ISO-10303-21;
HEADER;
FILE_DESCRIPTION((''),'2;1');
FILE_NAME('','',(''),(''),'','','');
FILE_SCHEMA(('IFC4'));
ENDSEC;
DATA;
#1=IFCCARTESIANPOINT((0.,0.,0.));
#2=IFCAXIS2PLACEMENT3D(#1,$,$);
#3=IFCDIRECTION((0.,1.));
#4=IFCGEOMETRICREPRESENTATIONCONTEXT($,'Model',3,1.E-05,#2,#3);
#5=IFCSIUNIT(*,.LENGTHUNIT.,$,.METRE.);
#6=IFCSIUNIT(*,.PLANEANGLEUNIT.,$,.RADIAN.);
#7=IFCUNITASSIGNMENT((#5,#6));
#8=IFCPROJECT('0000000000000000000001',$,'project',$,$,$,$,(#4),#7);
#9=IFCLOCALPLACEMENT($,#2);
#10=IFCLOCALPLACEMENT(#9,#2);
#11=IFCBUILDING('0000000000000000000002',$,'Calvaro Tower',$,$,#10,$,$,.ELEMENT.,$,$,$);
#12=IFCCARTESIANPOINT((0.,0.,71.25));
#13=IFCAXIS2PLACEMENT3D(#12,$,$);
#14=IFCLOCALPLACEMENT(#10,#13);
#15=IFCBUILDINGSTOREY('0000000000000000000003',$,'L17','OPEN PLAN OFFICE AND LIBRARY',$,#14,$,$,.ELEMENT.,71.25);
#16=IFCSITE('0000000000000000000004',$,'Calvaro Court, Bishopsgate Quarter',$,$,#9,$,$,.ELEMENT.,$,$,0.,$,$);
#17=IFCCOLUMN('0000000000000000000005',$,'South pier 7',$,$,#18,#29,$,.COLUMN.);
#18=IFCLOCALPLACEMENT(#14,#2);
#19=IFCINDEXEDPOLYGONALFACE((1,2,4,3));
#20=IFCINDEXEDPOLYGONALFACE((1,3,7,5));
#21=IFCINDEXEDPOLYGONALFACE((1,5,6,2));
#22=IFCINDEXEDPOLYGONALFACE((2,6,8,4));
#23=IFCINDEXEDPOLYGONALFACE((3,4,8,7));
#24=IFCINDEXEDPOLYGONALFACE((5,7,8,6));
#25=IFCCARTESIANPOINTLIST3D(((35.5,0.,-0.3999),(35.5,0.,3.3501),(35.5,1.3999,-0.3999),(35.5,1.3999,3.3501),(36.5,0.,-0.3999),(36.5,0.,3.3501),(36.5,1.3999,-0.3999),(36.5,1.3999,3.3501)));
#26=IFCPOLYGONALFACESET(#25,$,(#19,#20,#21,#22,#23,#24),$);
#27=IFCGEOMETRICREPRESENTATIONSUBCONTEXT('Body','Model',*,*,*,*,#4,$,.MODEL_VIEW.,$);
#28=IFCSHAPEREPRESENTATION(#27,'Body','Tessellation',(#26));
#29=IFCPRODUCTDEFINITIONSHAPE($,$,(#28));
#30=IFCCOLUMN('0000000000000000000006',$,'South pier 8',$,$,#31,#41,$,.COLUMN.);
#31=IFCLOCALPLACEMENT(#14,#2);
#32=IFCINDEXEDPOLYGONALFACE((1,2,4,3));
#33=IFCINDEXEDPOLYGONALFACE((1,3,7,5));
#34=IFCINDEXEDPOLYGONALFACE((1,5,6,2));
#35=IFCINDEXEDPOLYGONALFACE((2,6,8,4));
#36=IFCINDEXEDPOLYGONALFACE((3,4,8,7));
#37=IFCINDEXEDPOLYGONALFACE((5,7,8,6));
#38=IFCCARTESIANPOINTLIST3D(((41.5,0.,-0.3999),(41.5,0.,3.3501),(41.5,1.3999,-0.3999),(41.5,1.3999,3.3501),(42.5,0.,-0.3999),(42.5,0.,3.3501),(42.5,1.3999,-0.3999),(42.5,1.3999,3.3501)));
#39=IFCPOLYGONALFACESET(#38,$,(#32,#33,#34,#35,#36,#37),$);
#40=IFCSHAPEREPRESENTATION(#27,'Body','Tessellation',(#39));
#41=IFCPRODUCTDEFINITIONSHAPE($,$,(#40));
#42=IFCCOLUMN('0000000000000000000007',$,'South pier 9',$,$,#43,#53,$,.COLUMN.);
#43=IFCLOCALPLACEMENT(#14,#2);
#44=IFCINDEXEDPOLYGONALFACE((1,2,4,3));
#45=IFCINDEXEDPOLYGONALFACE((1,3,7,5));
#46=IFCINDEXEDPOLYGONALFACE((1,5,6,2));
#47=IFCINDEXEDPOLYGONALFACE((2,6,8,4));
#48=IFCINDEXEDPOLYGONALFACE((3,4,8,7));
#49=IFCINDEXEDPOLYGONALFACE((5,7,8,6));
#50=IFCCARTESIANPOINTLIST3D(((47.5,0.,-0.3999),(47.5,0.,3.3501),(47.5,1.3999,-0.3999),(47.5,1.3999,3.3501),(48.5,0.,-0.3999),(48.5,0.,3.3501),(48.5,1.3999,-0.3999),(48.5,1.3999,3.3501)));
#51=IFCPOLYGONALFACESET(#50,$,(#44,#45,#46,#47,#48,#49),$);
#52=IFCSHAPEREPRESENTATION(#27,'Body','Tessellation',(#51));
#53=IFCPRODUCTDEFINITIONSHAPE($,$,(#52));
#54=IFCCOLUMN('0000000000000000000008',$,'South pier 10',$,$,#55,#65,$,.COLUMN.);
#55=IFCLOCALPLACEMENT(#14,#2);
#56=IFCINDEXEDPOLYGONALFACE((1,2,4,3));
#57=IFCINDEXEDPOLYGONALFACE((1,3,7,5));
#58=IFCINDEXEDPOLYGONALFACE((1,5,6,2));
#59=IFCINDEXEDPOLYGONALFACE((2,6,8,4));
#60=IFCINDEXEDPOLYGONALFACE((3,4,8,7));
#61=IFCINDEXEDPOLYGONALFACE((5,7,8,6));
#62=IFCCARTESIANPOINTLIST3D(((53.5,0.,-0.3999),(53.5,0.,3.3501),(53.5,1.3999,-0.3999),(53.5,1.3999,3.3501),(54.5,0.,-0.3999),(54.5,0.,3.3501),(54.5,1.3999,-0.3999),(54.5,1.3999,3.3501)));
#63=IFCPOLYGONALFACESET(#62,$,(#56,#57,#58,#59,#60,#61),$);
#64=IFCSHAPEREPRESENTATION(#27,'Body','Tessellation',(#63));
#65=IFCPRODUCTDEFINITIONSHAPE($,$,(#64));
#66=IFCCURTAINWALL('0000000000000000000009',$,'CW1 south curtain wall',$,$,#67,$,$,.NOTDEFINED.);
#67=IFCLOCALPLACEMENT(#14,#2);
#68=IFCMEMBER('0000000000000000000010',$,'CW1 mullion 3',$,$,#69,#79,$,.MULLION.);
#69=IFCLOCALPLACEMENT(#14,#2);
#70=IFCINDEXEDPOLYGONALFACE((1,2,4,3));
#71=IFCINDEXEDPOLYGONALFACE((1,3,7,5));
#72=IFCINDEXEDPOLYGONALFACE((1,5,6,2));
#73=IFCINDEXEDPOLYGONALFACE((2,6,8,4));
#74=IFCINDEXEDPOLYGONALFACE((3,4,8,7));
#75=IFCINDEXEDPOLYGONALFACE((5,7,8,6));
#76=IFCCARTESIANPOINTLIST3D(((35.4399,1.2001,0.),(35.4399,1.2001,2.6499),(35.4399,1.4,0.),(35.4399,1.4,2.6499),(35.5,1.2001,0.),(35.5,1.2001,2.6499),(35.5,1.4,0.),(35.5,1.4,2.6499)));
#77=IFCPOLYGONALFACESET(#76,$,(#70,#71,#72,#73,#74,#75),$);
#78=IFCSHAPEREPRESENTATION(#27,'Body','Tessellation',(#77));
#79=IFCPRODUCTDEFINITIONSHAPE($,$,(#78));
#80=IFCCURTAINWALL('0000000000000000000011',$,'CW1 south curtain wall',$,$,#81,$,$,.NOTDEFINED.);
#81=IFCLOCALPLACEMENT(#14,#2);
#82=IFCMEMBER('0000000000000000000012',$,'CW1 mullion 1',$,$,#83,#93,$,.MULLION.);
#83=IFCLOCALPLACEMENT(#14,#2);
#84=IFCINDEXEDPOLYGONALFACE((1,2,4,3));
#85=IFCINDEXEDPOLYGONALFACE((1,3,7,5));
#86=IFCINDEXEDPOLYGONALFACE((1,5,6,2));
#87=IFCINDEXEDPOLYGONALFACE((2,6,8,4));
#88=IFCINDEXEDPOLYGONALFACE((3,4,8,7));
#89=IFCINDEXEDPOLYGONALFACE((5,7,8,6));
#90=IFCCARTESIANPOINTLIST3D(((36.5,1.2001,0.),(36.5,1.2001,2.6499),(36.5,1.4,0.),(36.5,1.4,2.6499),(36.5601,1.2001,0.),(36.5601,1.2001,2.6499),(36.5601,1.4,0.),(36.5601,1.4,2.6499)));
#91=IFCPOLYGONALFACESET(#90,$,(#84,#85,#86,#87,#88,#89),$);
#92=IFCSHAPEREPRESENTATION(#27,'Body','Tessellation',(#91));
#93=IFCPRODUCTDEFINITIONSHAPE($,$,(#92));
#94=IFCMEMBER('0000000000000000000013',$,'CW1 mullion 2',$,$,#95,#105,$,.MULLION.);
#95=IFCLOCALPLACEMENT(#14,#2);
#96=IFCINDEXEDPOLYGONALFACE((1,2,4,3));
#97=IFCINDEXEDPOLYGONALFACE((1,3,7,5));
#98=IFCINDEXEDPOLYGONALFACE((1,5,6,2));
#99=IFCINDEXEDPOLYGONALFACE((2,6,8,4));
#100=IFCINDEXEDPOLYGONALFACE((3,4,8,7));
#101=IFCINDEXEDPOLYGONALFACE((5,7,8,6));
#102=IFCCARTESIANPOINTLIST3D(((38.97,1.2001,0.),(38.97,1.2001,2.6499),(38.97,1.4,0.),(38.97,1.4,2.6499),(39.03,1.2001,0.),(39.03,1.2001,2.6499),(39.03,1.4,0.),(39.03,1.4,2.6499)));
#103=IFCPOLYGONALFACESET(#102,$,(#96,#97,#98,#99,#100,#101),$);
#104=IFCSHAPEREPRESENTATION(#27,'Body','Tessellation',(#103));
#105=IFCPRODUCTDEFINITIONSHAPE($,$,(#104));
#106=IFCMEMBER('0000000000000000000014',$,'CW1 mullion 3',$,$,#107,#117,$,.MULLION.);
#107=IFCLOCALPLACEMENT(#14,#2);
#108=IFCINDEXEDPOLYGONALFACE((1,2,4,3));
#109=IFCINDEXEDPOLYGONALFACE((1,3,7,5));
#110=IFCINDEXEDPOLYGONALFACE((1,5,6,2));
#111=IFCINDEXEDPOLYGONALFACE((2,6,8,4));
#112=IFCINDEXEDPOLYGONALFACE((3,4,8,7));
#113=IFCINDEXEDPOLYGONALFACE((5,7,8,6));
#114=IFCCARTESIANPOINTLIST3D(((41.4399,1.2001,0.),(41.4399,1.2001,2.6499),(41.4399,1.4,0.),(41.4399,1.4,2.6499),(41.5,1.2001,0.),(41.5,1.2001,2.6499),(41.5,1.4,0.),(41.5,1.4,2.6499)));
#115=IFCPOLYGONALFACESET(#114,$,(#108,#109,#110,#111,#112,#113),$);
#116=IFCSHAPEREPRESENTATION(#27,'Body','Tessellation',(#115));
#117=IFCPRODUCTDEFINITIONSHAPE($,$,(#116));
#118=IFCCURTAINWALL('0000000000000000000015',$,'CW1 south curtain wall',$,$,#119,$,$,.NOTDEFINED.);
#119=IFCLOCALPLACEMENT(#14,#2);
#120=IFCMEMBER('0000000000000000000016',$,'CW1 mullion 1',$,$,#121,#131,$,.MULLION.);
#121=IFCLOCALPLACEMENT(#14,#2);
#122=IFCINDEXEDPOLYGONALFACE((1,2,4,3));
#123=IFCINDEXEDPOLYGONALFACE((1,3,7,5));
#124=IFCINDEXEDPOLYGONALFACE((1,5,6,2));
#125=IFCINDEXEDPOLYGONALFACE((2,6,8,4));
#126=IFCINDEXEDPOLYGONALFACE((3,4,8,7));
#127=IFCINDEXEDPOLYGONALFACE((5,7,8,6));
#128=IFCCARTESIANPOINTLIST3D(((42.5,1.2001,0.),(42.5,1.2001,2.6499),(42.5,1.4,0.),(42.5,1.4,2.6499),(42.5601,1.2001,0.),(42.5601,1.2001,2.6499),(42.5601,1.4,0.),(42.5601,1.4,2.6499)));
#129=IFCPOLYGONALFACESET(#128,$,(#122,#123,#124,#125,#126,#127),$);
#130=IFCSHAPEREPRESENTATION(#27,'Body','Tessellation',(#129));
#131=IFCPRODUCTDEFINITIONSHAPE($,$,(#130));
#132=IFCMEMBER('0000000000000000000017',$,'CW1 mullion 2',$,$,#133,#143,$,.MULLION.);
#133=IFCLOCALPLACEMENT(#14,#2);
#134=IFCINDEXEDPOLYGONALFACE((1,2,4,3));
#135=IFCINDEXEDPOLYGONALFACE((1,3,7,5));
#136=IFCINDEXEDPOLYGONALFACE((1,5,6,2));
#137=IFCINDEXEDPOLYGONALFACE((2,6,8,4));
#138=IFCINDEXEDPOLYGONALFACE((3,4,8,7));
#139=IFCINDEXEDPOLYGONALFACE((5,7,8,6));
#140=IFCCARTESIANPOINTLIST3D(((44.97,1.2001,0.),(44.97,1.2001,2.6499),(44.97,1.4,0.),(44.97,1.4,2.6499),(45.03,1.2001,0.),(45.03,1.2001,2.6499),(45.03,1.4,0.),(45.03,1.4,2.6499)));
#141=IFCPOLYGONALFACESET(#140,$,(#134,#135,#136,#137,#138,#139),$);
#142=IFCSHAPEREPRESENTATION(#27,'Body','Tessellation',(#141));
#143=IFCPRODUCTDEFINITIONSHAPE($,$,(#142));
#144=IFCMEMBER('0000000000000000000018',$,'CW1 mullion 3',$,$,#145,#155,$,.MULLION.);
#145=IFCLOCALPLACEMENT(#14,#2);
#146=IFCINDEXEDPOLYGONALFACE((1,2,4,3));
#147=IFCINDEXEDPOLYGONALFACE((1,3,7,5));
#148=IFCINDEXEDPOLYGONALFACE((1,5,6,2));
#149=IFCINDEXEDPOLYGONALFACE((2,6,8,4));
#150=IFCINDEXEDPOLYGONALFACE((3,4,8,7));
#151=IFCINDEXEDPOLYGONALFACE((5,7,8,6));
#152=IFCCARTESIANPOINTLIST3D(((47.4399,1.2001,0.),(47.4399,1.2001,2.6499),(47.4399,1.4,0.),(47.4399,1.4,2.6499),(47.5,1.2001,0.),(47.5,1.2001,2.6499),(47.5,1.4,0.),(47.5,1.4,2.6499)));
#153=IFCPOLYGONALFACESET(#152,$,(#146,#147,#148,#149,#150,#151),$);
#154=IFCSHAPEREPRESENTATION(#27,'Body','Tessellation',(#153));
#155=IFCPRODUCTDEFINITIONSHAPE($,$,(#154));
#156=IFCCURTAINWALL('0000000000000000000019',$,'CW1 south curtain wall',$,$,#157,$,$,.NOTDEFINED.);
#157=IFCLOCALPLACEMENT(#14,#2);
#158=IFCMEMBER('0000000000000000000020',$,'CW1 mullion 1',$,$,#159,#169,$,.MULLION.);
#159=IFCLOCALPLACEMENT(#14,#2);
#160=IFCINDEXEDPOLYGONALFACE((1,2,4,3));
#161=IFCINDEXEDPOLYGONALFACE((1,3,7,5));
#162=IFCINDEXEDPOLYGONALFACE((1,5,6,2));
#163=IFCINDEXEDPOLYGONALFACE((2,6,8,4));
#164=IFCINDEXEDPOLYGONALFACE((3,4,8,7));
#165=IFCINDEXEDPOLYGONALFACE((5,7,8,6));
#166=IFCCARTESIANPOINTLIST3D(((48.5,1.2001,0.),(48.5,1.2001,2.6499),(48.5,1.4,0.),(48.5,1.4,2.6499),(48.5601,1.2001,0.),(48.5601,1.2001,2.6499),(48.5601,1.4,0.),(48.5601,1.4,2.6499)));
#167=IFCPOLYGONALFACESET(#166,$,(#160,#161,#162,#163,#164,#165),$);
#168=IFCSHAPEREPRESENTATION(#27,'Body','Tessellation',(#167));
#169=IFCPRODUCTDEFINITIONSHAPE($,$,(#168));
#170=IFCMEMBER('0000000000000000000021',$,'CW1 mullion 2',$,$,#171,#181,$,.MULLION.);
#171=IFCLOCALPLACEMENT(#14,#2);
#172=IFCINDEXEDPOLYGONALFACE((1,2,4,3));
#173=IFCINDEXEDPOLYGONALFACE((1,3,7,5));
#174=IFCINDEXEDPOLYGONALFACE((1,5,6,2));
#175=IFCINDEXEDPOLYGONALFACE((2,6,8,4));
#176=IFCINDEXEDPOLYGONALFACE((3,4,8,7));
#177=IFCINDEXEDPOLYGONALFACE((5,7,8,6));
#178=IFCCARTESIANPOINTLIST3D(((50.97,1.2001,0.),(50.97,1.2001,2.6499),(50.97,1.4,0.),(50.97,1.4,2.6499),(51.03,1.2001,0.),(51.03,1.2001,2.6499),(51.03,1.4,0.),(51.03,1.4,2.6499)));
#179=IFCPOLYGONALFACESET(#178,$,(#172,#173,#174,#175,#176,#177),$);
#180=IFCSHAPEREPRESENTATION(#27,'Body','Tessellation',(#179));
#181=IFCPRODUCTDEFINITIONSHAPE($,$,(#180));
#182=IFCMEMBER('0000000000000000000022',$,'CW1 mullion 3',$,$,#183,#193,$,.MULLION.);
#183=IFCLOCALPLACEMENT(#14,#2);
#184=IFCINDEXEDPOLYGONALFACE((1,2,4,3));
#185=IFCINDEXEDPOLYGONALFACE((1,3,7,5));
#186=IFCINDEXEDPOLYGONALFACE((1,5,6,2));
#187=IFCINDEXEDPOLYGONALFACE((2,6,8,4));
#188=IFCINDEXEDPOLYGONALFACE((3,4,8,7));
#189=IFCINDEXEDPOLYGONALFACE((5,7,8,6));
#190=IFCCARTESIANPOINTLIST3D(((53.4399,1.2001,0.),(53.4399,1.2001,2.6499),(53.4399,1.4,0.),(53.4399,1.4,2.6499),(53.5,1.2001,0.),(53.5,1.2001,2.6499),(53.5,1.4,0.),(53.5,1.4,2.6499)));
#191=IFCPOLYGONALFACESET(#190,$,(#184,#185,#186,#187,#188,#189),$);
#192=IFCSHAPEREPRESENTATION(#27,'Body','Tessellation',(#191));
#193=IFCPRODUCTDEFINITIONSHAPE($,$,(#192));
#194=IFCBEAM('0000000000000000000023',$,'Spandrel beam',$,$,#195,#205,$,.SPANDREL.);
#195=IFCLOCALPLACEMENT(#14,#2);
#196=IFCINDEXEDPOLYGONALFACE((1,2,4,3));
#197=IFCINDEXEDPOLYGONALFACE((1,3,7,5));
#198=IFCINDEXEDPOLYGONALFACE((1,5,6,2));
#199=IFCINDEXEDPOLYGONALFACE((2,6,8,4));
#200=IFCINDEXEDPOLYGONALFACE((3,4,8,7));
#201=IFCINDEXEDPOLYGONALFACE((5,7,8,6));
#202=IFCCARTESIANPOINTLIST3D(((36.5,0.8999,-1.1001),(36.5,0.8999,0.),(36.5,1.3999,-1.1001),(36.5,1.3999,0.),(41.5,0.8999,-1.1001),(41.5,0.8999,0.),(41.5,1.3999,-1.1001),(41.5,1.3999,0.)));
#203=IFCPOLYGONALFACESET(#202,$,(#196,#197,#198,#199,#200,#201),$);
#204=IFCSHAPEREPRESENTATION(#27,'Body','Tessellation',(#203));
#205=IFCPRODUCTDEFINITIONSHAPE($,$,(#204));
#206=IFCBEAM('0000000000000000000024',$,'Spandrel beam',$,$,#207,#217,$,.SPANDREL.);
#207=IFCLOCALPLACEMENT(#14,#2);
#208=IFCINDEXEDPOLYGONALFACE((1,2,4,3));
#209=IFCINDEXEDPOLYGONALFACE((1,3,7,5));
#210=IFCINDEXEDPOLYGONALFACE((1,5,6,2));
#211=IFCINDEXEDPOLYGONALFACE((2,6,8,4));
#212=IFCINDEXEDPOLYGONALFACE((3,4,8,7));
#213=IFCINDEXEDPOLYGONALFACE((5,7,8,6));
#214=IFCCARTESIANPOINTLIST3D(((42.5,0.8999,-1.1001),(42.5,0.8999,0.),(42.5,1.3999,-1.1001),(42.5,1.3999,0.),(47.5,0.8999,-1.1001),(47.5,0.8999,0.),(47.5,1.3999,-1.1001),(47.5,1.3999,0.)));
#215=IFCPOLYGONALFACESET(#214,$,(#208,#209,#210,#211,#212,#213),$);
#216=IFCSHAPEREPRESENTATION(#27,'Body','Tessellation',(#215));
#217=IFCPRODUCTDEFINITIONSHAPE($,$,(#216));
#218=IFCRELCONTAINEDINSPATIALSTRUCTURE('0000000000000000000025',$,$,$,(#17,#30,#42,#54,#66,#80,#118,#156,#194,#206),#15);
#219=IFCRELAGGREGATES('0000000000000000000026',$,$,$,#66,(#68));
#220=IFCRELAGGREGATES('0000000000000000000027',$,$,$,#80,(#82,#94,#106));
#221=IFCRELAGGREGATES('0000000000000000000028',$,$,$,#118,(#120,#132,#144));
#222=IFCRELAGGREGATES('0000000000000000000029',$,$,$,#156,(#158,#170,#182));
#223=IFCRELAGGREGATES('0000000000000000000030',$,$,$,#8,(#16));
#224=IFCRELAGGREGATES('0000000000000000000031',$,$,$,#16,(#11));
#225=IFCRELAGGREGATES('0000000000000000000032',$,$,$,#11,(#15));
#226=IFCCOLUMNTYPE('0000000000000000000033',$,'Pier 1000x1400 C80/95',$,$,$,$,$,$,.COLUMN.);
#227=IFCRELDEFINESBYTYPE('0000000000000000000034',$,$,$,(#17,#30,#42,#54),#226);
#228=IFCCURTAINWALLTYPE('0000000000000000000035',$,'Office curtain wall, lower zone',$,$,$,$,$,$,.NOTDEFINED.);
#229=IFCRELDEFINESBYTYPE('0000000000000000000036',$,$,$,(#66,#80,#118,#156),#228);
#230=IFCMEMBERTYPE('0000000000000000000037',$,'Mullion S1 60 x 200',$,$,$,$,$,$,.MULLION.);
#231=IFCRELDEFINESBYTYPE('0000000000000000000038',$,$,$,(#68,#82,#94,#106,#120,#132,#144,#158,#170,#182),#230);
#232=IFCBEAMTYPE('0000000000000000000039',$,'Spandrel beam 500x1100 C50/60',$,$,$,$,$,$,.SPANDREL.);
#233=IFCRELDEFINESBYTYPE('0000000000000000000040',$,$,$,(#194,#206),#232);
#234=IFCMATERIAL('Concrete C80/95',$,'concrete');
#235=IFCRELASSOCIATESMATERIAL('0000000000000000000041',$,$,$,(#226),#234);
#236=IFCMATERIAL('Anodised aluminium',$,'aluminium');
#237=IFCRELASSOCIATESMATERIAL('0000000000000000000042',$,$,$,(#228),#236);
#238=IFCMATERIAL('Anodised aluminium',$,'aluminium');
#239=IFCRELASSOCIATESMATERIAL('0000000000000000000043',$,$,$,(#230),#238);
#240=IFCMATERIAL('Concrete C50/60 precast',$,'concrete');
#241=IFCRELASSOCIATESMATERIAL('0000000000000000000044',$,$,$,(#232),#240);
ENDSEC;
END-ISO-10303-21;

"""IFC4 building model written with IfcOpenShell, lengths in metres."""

from ifc_helpers import new_model, si_unit, direction, frame, origin, origin_2d, place, context, subcontext, project, spatial, rectangle, extrude, material, material_profile, profile_set, type_object, element, aggregate, save


model = new_model("IFC4")

# Units and contexts
model_context = context("Model", 3, precision=1e-05, world=origin(), true_north=direction((0.0, 1.0)))
body_context = subcontext(model_context, "Body", "Model", "MODEL_VIEW")
ifc_project = project(units=[si_unit("LENGTHUNIT", "METRE"), si_unit("PLANEANGLEUNIT", "RADIAN")], contexts=[model_context])

# Site, building, storey
site_placement = place(None, origin())
site = spatial("IfcSite", under=ifc_project, at=site_placement, Name="Calvaro Court, Bishopsgate Quarter", CompositionType="ELEMENT", RefElevation=0.0)
building_placement = place(site_placement, origin())
building = spatial("IfcBuilding", under=site, at=building_placement, Name="Calvaro Tower", CompositionType="ELEMENT")
storey_placement = place(building_placement, frame((0.0, 0.0, 71.25)))
storey = spatial("IfcBuildingStorey", under=building, at=storey_placement, Name="L17", Description="OPEN PLAN OFFICE AND LIBRARY", CompositionType="ELEMENT", Elevation=71.25)

# Columns
ifc_material_1 = material(Name="Concrete C80/95", Category="concrete")
ifc_material_profile_1 = material_profile(ifc_material_1, rectangle(XDim=1.0, YDim=1.3999, at=origin_2d()), Name="RC 1000x1400")
ifc_profile_set_1 = profile_set([ifc_material_profile_1], Name="Concrete C80/95")
column_type = type_object("IfcColumnType", Name="Pier 1000x1400 C80/95", PredefinedType="COLUMN", material=ifc_profile_set_1)
for number, where, z_axis, x_axis, name in (
    (1, (36.0, 0.7, -0.3999), (0.0, 0.0, 1.0), (1.0, 0.0, 0.0), "South pier 7"),
    (2, (42.0, 0.7, -0.3999), (0.0, 0.0, 1.0), (1.0, 0.0, 0.0), "South pier 8"),
    (3, (48.0, 0.7, -0.3999), (0.0, 0.0, 1.0), (1.0, 0.0, 0.0), "South pier 9"),
    (4, (54.0, 0.7, -0.3999), (0.0, 0.0, 1.0), (1.0, 0.0, 0.0), "South pier 10"),
):
    element("IfcColumn", number, at=place(storey_placement, frame(where, z_axis=z_axis, x_axis=x_axis)), inside=storey, type_object=column_type, Name=name, PredefinedType="COLUMN", context=body_context, shape_type="SweptSolid", body=[
        extrude(rectangle(XDim=1.0, YDim=1.3999, at=origin_2d()), origin(), (0.0, 0.0, 1.0), 3.75),
    ])

# Curtain wall, member
ifc_material_2 = material(Name="Anodised aluminium", Category="aluminium")
curtain_wall_type = type_object("IfcCurtainWallType", Name="Office curtain wall, lower zone", PredefinedType="NOTDEFINED", material=ifc_material_2)
curtain_wall_1_placement = place(storey_placement, origin())
curtain_wall_1 = element("IfcCurtainWall", 5, at=curtain_wall_1_placement, inside=storey, type_object=curtain_wall_type, Name="CW1 south curtain wall", PredefinedType="NOTDEFINED")
ifc_material_3 = material(Name="Anodised aluminium", Category="aluminium")
ifc_material_profile_2 = material_profile(ifc_material_3, rectangle(XDim=0.2, YDim=0.0601, at=origin_2d()), Name="Mullion S1 60 x 200")
ifc_profile_set_2 = profile_set([ifc_material_profile_2], Name="Anodised aluminium")
member_type_1 = type_object("IfcMemberType", Name="Mullion S1 60 x 200", PredefinedType="MULLION", material=ifc_profile_set_2)
member_1_placement = place(storey_placement, frame((35.47, 1.3, 0.0), z_axis=(0.0, 0.0, 1.0), x_axis=(0.0, 1.0, 0.0)))
member_1 = element("IfcMember", 6, at=member_1_placement, type_object=member_type_1, Name="CW1 mullion 3", PredefinedType="MULLION", context=body_context, shape_type="SweptSolid", body=[
    extrude(rectangle(XDim=0.2, YDim=0.0601, at=origin_2d()), origin(), (0.0, 0.0, 1.0), 2.6499),
])
aggregate(curtain_wall_1, [member_1])

# Curtain walls, members
curtain_wall_2_placement = place(storey_placement, origin())
curtain_wall_2 = element("IfcCurtainWall", 7, at=curtain_wall_2_placement, inside=storey, type_object=curtain_wall_type, Name="CW1 south curtain wall", PredefinedType="NOTDEFINED")
member_2_placement = place(storey_placement, frame((36.53, 1.3, 0.0), z_axis=(0.0, 0.0, 1.0), x_axis=(0.0, 1.0, 0.0)))
member_2 = element("IfcMember", 8, at=member_2_placement, type_object=member_type_1, Name="CW1 mullion 1", PredefinedType="MULLION", context=body_context, shape_type="SweptSolid", body=[
    extrude(rectangle(XDim=0.2, YDim=0.0601, at=origin_2d()), origin(), (0.0, 0.0, 1.0), 2.6499),
])
member_3_placement = place(storey_placement, frame((39.0, 1.3, 0.0), z_axis=(0.0, 0.0, 1.0), x_axis=(0.0, 1.0, 0.0)))
member_3 = element("IfcMember", 9, at=member_3_placement, type_object=member_type_1, Name="CW1 mullion 2", PredefinedType="MULLION", context=body_context, shape_type="SweptSolid", body=[
    extrude(rectangle(XDim=0.2, YDim=0.0601, at=origin_2d()), origin(), (0.0, 0.0, 1.0), 2.6499),
])
member_4_placement = place(storey_placement, frame((41.47, 1.3, 0.0), z_axis=(0.0, 0.0, 1.0), x_axis=(0.0, 1.0, 0.0)))
member_4 = element("IfcMember", 10, at=member_4_placement, type_object=member_type_1, Name="CW1 mullion 3", PredefinedType="MULLION", context=body_context, shape_type="SweptSolid", body=[
    extrude(rectangle(XDim=0.2, YDim=0.0601, at=origin_2d()), origin(), (0.0, 0.0, 1.0), 2.6499),
])
curtain_wall_3_placement = place(storey_placement, origin())
curtain_wall_3 = element("IfcCurtainWall", 11, at=curtain_wall_3_placement, inside=storey, type_object=curtain_wall_type, Name="CW1 south curtain wall", PredefinedType="NOTDEFINED")
member_5_placement = place(storey_placement, frame((42.53, 1.3, 0.0), z_axis=(0.0, 0.0, 1.0), x_axis=(0.0, 1.0, 0.0)))
member_5 = element("IfcMember", 12, at=member_5_placement, type_object=member_type_1, Name="CW1 mullion 1", PredefinedType="MULLION", context=body_context, shape_type="SweptSolid", body=[
    extrude(rectangle(XDim=0.2, YDim=0.0601, at=origin_2d()), origin(), (0.0, 0.0, 1.0), 2.6499),
])
member_6_placement = place(storey_placement, frame((45.0, 1.3, 0.0), z_axis=(0.0, 0.0, 1.0), x_axis=(0.0, 1.0, 0.0)))
member_6 = element("IfcMember", 13, at=member_6_placement, type_object=member_type_1, Name="CW1 mullion 2", PredefinedType="MULLION", context=body_context, shape_type="SweptSolid", body=[
    extrude(rectangle(XDim=0.2, YDim=0.0601, at=origin_2d()), origin(), (0.0, 0.0, 1.0), 2.6499),
])
member_7_placement = place(storey_placement, frame((47.47, 1.3, 0.0), z_axis=(0.0, 0.0, 1.0), x_axis=(0.0, 1.0, 0.0)))
member_7 = element("IfcMember", 14, at=member_7_placement, type_object=member_type_1, Name="CW1 mullion 3", PredefinedType="MULLION", context=body_context, shape_type="SweptSolid", body=[
    extrude(rectangle(XDim=0.2, YDim=0.0601, at=origin_2d()), origin(), (0.0, 0.0, 1.0), 2.6499),
])
curtain_wall_4_placement = place(storey_placement, origin())
curtain_wall_4 = element("IfcCurtainWall", 15, at=curtain_wall_4_placement, inside=storey, type_object=curtain_wall_type, Name="CW1 south curtain wall", PredefinedType="NOTDEFINED")
member_8_placement = place(storey_placement, frame((48.53, 1.3, 0.0), z_axis=(0.0, 0.0, 1.0), x_axis=(0.0, 1.0, 0.0)))
member_8 = element("IfcMember", 16, at=member_8_placement, type_object=member_type_1, Name="CW1 mullion 1", PredefinedType="MULLION", context=body_context, shape_type="SweptSolid", body=[
    extrude(rectangle(XDim=0.2, YDim=0.0601, at=origin_2d()), origin(), (0.0, 0.0, 1.0), 2.6499),
])
member_9_placement = place(storey_placement, frame((51.0, 1.3, 0.0), z_axis=(0.0, 0.0, 1.0), x_axis=(0.0, 1.0, 0.0)))
member_9 = element("IfcMember", 17, at=member_9_placement, type_object=member_type_1, Name="CW1 mullion 2", PredefinedType="MULLION", context=body_context, shape_type="SweptSolid", body=[
    extrude(rectangle(XDim=0.2, YDim=0.0601, at=origin_2d()), origin(), (0.0, 0.0, 1.0), 2.6499),
])
member_10_placement = place(storey_placement, frame((53.47, 1.3, 0.0), z_axis=(0.0, 0.0, 1.0), x_axis=(0.0, 1.0, 0.0)))
member_10 = element("IfcMember", 18, at=member_10_placement, type_object=member_type_1, Name="CW1 mullion 3", PredefinedType="MULLION", context=body_context, shape_type="SweptSolid", body=[
    extrude(rectangle(XDim=0.2, YDim=0.0601, at=origin_2d()), origin(), (0.0, 0.0, 1.0), 2.6499),
])

# Beams
ifc_material_4 = material(Name="Concrete C50/60 precast", Category="concrete")
ifc_material_profile_3 = material_profile(ifc_material_4, rectangle(XDim=0.5, YDim=1.1001, at=origin_2d()), Name="RC 500x1100")
ifc_profile_set_3 = profile_set([ifc_material_profile_3], Name="Concrete C50/60 precast")
beam_type = type_object("IfcBeamType", Name="Spandrel beam 500x1100 C50/60", PredefinedType="SPANDREL", material=ifc_profile_set_3)
for number, where, z_axis, x_axis, name in (
    (19, (36.5, 1.1499, -0.55), (1.0, 0.0, 0.0), (0.0, 1.0, 0.0), "Spandrel beam"),
    (20, (42.5, 1.1499, -0.55), (1.0, 0.0, 0.0), (0.0, 1.0, 0.0), "Spandrel beam"),
):
    element("IfcBeam", number, at=place(storey_placement, frame(where, z_axis=z_axis, x_axis=x_axis)), inside=storey, type_object=beam_type, Name=name, PredefinedType="SPANDREL", context=body_context, shape_type="SweptSolid", body=[
        extrude(rectangle(XDim=0.5, YDim=1.1001, at=origin_2d()), origin(), (0.0, 0.0, 1.0), 5.0),
    ])

aggregate(curtain_wall_2, [member_2, member_3, member_4])
aggregate(curtain_wall_3, [member_5, member_6, member_7])
aggregate(curtain_wall_4, [member_8, member_9, member_10])

save(model, "model.ifc")
